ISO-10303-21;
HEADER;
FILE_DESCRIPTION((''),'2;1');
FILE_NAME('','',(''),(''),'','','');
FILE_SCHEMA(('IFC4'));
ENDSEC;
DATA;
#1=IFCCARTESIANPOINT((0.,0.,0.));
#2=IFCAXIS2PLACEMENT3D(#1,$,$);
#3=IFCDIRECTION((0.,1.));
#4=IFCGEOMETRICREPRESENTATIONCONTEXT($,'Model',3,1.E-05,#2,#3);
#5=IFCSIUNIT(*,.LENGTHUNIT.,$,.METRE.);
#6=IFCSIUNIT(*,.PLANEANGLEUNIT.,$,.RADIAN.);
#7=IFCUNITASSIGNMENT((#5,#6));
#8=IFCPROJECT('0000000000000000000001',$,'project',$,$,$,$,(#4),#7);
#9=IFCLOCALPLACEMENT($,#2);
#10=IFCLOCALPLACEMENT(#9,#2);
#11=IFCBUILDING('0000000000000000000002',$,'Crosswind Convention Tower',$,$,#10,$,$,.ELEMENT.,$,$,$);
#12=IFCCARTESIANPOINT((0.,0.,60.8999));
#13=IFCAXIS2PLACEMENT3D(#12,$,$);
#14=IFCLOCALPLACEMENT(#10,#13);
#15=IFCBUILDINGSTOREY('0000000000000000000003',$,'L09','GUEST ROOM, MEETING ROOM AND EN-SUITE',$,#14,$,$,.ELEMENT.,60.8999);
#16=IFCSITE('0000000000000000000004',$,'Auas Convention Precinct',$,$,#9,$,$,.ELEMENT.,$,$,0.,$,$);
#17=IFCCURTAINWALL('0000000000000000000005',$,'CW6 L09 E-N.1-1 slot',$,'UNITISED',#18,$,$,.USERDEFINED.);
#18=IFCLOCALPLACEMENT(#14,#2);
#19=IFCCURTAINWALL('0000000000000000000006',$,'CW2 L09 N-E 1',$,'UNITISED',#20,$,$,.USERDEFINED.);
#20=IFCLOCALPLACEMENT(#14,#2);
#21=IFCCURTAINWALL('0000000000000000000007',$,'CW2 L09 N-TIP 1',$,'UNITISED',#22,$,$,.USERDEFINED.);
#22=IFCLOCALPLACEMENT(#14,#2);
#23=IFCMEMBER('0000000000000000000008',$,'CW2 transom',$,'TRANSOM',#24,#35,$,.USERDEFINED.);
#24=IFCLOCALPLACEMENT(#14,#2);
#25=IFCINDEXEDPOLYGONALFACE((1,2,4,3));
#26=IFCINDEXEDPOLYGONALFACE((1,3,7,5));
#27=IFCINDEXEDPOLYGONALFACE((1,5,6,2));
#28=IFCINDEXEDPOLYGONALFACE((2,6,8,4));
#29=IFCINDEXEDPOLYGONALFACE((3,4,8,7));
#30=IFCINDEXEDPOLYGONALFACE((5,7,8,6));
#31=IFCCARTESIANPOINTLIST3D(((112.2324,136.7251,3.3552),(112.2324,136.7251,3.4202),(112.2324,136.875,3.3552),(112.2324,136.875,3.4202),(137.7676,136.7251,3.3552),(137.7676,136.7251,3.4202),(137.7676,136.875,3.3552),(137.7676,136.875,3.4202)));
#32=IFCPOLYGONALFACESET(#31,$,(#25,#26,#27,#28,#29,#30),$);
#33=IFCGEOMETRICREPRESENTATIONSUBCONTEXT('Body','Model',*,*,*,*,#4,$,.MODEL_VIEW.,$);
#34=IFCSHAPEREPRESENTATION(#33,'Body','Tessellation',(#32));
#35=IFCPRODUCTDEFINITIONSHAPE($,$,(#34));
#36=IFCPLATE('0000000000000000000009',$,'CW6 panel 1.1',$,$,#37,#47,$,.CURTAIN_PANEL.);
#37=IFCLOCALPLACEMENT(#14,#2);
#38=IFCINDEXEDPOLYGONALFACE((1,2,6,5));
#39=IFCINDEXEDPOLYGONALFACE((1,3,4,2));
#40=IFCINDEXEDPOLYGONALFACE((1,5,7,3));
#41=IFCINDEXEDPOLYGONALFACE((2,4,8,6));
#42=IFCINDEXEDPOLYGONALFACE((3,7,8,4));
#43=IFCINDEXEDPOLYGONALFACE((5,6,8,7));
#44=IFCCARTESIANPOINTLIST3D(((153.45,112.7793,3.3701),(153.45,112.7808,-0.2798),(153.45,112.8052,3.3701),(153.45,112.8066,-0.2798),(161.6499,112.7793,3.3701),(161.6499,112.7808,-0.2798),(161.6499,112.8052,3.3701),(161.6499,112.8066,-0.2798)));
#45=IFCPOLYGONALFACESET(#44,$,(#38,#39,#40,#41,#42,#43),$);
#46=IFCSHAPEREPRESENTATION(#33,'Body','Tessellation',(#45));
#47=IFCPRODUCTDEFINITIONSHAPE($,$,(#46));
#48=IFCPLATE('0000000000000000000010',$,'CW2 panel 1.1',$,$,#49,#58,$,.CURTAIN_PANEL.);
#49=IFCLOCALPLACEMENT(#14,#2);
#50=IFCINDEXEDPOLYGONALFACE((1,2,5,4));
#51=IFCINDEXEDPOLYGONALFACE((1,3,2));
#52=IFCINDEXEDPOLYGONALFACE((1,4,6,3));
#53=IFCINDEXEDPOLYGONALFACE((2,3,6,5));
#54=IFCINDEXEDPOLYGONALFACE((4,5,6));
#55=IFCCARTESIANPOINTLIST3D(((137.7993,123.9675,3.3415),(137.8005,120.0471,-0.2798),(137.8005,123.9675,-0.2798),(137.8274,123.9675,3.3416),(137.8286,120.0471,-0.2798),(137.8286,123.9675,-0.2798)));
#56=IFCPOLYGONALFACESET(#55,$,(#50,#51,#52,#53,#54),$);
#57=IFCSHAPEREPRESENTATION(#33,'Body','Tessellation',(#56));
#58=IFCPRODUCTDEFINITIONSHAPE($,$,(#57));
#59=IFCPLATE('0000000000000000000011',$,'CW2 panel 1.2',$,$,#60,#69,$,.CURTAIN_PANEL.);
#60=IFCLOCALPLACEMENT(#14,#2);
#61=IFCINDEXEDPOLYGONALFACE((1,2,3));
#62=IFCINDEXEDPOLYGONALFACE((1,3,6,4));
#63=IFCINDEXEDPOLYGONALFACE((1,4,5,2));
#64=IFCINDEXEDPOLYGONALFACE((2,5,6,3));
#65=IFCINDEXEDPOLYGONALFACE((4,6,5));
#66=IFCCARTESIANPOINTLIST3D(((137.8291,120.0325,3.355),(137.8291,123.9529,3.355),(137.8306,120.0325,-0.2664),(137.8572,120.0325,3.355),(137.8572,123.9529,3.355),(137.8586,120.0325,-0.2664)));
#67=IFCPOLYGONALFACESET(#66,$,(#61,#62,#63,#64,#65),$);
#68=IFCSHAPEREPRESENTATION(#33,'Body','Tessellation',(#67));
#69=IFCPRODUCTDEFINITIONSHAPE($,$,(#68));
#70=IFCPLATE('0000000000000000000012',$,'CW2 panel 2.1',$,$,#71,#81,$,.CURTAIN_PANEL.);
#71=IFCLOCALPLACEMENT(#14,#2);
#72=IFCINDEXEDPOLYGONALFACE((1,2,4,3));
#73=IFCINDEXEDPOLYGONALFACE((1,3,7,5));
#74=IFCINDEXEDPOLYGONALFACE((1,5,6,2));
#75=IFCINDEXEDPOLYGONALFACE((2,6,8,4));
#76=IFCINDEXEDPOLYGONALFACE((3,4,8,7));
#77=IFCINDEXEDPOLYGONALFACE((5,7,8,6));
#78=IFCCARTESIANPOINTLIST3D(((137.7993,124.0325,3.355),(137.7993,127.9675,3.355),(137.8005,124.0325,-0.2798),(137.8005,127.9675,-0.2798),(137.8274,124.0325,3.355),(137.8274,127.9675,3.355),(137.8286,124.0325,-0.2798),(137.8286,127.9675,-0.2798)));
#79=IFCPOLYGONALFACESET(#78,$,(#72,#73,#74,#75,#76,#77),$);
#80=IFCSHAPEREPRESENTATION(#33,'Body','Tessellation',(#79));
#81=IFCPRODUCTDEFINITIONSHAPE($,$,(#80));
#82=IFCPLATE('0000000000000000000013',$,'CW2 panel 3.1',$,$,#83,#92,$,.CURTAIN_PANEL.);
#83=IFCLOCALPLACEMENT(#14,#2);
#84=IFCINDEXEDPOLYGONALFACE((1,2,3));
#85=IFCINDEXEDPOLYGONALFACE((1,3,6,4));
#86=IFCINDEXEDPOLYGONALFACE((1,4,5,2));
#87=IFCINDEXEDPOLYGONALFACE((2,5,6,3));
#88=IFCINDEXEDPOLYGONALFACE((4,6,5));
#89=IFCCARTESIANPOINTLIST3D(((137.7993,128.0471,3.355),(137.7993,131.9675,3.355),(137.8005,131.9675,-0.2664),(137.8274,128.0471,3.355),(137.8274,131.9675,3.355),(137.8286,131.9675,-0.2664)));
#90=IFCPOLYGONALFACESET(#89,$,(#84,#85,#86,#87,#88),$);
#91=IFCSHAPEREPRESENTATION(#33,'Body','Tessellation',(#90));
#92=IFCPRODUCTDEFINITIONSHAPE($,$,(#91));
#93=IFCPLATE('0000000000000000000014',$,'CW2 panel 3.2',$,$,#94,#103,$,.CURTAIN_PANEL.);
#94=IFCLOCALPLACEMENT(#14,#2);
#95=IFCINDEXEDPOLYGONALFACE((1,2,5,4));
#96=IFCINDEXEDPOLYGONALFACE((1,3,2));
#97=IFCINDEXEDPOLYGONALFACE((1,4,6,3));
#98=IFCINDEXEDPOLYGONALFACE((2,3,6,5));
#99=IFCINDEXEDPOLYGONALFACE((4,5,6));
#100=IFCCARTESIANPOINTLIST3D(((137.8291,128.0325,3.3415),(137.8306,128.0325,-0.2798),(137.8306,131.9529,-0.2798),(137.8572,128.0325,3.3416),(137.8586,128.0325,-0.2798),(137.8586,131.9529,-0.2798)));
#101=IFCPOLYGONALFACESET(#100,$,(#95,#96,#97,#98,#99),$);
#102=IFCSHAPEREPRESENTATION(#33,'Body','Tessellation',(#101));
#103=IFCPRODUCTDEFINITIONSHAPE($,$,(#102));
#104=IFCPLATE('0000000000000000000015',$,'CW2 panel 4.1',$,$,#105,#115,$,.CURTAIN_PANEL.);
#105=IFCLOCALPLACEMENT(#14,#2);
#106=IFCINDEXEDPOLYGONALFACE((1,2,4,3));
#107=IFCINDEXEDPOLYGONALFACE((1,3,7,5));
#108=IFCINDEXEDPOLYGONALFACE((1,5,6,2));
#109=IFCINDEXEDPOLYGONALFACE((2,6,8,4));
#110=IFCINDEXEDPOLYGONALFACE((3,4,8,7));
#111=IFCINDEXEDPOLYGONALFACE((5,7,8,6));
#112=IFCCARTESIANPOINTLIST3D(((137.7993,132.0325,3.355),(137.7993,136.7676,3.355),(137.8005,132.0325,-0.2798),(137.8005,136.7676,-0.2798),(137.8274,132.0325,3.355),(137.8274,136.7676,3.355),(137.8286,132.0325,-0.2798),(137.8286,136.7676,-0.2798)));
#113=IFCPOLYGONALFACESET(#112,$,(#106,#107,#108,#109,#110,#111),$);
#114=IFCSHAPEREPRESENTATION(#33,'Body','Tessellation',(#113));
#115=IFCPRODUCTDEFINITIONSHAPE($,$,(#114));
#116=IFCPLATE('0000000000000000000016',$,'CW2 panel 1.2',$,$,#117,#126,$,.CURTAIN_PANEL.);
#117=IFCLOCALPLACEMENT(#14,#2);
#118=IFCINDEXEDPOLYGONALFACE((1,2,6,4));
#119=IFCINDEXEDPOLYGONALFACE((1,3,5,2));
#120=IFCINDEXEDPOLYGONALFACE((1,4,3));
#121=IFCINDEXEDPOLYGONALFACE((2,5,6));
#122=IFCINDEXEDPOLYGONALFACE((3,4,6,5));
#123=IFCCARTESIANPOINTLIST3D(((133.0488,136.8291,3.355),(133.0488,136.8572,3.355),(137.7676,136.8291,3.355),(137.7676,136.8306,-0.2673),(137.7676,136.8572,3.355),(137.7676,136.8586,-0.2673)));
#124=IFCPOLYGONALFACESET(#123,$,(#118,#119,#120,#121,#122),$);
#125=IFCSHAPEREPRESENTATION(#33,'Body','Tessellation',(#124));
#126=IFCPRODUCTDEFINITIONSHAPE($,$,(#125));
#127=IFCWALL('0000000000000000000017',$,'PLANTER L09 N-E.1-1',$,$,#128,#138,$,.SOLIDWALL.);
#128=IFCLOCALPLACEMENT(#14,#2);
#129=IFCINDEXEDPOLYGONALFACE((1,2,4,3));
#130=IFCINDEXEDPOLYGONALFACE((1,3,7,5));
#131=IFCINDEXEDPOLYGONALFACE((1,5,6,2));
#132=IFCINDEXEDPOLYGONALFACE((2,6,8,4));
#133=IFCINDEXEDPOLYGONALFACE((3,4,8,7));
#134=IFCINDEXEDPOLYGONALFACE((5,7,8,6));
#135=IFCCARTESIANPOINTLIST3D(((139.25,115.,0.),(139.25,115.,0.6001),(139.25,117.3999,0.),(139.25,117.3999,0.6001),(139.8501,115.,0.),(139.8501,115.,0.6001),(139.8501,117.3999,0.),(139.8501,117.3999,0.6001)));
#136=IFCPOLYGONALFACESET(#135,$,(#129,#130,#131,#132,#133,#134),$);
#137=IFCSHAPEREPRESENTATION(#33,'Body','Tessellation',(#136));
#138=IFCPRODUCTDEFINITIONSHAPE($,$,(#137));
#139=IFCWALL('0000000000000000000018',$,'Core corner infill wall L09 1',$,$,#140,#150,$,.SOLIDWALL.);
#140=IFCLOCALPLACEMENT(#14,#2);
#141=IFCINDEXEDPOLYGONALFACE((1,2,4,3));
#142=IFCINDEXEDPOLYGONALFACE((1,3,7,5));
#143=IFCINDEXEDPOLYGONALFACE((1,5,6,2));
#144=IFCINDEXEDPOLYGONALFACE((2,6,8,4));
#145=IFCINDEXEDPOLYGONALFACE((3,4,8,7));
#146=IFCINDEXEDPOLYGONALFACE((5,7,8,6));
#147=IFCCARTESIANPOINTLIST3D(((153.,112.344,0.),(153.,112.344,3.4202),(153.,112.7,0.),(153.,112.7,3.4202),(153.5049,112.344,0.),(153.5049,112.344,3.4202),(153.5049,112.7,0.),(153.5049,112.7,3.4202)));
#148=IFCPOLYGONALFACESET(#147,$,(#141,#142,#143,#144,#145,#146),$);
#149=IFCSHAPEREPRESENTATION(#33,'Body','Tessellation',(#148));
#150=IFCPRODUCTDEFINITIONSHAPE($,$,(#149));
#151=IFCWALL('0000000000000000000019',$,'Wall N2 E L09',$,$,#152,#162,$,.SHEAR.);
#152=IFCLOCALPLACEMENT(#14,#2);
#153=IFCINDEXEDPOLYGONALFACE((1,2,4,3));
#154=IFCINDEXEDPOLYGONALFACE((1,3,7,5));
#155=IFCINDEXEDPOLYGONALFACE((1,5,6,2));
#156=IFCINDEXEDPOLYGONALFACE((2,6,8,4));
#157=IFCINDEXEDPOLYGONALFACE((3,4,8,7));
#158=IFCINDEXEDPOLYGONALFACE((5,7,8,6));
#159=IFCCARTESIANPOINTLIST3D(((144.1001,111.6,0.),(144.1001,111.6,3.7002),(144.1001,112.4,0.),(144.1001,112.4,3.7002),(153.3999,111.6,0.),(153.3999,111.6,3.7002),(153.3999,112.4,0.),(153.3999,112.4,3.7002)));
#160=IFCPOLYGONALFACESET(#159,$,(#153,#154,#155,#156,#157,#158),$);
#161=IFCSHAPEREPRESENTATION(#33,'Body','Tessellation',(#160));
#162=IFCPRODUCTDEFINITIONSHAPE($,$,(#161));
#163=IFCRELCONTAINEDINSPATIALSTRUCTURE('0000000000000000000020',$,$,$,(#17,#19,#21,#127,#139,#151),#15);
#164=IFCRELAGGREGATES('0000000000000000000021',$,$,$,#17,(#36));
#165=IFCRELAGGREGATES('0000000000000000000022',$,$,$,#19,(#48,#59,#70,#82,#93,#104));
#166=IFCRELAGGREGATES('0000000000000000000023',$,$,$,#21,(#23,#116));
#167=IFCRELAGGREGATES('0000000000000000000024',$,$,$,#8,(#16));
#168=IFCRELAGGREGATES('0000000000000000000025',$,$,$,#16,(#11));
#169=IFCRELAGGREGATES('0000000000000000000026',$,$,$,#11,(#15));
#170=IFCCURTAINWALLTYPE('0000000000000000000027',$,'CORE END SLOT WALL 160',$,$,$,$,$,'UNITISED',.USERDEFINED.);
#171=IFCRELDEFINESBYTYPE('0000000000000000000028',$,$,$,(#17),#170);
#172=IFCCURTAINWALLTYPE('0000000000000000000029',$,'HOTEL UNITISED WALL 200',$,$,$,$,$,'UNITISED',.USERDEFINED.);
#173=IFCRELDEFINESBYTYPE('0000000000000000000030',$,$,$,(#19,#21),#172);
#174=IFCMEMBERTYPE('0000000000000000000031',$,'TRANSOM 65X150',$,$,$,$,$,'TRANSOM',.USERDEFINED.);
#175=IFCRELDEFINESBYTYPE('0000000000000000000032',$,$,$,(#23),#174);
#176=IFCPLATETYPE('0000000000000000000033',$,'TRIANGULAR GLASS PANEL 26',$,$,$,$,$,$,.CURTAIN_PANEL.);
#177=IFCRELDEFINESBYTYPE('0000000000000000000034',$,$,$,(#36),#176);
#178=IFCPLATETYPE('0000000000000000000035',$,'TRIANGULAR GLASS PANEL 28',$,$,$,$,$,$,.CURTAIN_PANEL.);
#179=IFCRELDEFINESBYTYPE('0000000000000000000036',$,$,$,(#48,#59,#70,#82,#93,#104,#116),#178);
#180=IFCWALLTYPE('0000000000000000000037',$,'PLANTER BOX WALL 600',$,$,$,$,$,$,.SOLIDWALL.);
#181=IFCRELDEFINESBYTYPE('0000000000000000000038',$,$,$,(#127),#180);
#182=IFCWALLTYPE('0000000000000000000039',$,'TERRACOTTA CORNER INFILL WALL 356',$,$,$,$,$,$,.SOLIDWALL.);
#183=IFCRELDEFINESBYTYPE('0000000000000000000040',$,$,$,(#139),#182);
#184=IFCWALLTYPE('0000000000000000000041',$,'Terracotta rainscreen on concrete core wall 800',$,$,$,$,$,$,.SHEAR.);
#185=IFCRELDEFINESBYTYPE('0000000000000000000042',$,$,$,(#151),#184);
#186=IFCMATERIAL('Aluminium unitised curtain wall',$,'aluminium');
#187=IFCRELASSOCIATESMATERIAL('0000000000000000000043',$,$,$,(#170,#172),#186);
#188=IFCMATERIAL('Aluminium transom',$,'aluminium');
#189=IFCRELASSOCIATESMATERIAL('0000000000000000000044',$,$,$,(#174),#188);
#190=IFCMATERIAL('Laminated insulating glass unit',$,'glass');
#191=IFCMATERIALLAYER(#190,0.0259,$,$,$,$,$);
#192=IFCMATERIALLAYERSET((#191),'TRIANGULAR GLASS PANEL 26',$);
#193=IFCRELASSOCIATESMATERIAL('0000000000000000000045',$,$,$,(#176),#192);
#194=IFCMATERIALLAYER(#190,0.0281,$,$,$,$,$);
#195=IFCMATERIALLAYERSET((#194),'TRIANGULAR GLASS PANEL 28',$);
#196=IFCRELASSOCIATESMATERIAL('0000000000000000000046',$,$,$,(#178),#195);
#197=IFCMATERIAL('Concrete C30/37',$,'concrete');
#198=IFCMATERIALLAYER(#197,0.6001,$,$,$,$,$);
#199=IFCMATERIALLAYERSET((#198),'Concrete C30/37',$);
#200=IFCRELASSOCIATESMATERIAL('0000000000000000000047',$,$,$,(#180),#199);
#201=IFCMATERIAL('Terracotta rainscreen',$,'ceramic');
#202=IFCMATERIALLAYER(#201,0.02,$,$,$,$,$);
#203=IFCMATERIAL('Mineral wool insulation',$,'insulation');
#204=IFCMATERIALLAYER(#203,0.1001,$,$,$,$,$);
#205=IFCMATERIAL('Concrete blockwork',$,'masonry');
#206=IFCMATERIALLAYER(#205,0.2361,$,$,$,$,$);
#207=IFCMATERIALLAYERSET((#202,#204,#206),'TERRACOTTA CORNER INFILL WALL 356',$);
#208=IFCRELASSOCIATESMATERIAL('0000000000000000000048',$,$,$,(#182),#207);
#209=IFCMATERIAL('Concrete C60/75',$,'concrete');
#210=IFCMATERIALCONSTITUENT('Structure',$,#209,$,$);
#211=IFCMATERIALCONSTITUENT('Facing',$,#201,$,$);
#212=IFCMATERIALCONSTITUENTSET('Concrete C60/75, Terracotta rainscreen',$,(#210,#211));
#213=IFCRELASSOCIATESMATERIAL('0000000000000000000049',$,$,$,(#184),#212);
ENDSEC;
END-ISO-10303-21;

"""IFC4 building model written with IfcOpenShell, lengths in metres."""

from ifc_helpers import new_model, si_unit, direction, frame, frame_2d, origin, origin_2d, place, context, subcontext, project, spatial, polyline, rectangle, outline, extrude, material, layer, layer_set, constituent, constituent_set, material_profile, profile_set, type_object, element, aggregate, save


model = new_model("IFC4")

# Units and contexts
model_context = context("Model", 3, precision=1e-05, world=origin(), true_north=direction((0.0, 1.0)))
body_context = subcontext(model_context, "Body", "Model", "MODEL_VIEW")
ifc_project = project(units=[si_unit("LENGTHUNIT", "METRE"), si_unit("PLANEANGLEUNIT", "RADIAN")], contexts=[model_context])

# Site, building, storey
site_placement = place(None, origin())
site = spatial("IfcSite", under=ifc_project, at=site_placement, Name="Auas Convention Precinct", CompositionType="ELEMENT", RefElevation=0.0)
building_placement = place(site_placement, origin())
building = spatial("IfcBuilding", under=site, at=building_placement, Name="Crosswind Convention Tower", CompositionType="ELEMENT")
storey_placement = place(building_placement, frame((0.0, 0.0, 60.8999)))
storey = spatial("IfcBuildingStorey", under=building, at=storey_placement, Name="L09", Description="GUEST ROOM, MEETING ROOM AND EN-SUITE", CompositionType="ELEMENT", Elevation=60.8999)

# Shared definitions
ifc_material_1 = material(Name="Concrete C60/75", Category="concrete")

# Curtain wall
ifc_material_2 = material(Name="Aluminium unitised curtain wall", Category="aluminium")
curtain_wall_type_1 = type_object("IfcCurtainWallType", Name="CORE END SLOT WALL 160", ElementType="UNITISED", PredefinedType="USERDEFINED", material=ifc_material_2)
curtain_wall_1_placement = place(storey_placement, origin())
curtain_wall_1 = element("IfcCurtainWall", 1, at=curtain_wall_1_placement, inside=storey, type_object=curtain_wall_type_1, Name="CW6 L09 E-N.1-1 slot", ObjectType="UNITISED", PredefinedType="USERDEFINED")

# Shared definitions
curtain_wall_type_2 = type_object("IfcCurtainWallType", Name="HOTEL UNITISED WALL 200", ElementType="UNITISED", PredefinedType="USERDEFINED", material=ifc_material_2)

# Curtain wall
curtain_wall_2_placement = place(storey_placement, origin())
curtain_wall_2 = element("IfcCurtainWall", 2, at=curtain_wall_2_placement, inside=storey, type_object=curtain_wall_type_2, Name="CW2 L09 N-E 1", ObjectType="UNITISED", PredefinedType="USERDEFINED")

# Shared definitions
ifc_material_3 = material(Name="Aluminium transom", Category="aluminium")
ifc_material_profile_1 = material_profile(ifc_material_3, rectangle(XDim=0.1499, YDim=0.0649, at=origin_2d()), Name="AL 150X65")
ifc_profile_set_1 = profile_set([ifc_material_profile_1], Name="Aluminium transom")
member_type_1 = type_object("IfcMemberType", Name="TRANSOM 65X150", ElementType="TRANSOM", PredefinedType="USERDEFINED", material=ifc_profile_set_1)

# Curtain wall, member
curtain_wall_3_placement = place(storey_placement, origin())
curtain_wall_3 = element("IfcCurtainWall", 3, at=curtain_wall_3_placement, inside=storey, type_object=curtain_wall_type_2, Name="CW2 L09 N-TIP 1", ObjectType="UNITISED", PredefinedType="USERDEFINED")
member_1_placement = place(storey_placement, frame((137.7676, 136.8, 3.3877), z_axis=(-1.0, 0.0, 0.0), x_axis=(0.0, -1.0, 0.0)))
member_1 = element("IfcMember", 4, at=member_1_placement, type_object=member_type_1, Name="CW2 transom", ObjectType="TRANSOM", PredefinedType="USERDEFINED", context=body_context, shape_type="SweptSolid", body=[
    extrude(rectangle(XDim=0.1499, YDim=0.0649, at=origin_2d()), origin(), (0.0, 0.0, 1.0), 25.5352),
])

# Plates
ifc_material_4 = material(Name="Laminated insulating glass unit", Category="glass")
ifc_layer_1 = layer(ifc_material_4, 0.0259)
ifc_layer_set_1 = layer_set([ifc_layer_1], Name="TRIANGULAR GLASS PANEL 26")
plate_type_1 = type_object("IfcPlateType", Name="TRIANGULAR GLASS PANEL 26", PredefinedType="CURTAIN_PANEL", material=ifc_layer_set_1)
plate_1_placement = place(storey_placement, frame((161.6499, 112.8066, -0.2798), z_axis=(0.0, 1.0, 0.000401), x_axis=(-1.0, 0.0, 0.0)))
plate_1 = element("IfcPlate", 5, at=plate_1_placement, type_object=plate_type_1, Name="CW6 panel 1.1", PredefinedType="CURTAIN_PANEL", context=body_context, shape_type="SweptSolid", body=[
    extrude(outline(polyline([(0.0, 0.0), (8.2, 0.0), (8.2, 3.6499), (0.0, 3.6499), (0.0, 0.0)])), origin(), (0.0, 0.0, -1.0), 0.0259),
])
aggregate(curtain_wall_1, [plate_1])
ifc_layer_2 = layer(ifc_material_4, 0.0281)
ifc_layer_set_2 = layer_set([ifc_layer_2], Name="TRIANGULAR GLASS PANEL 28")
plate_type_2 = type_object("IfcPlateType", Name="TRIANGULAR GLASS PANEL 28", PredefinedType="CURTAIN_PANEL", material=ifc_layer_set_2)
plate_2_placement = place(storey_placement, frame((137.8286, 123.9675, -0.2798), z_axis=(1.0, 0.0, 0.000337), x_axis=(-0.000337, 0.0, 1.0)))
plate_2 = element("IfcPlate", 6, at=plate_2_placement, type_object=plate_type_2, Name="CW2 panel 1.1", PredefinedType="CURTAIN_PANEL", context=body_context, shape_type="SweptSolid", body=[
    extrude(outline(polyline([(0.0, 0.0), (3.6213, 0.0), (0.0, 3.9204), (0.0, 0.0)])), origin(), (0.0, 0.0, -1.0), 0.0281),
])
plate_3_placement = place(storey_placement, frame((137.8572, 120.0325, 3.355), z_axis=(1.0, 0.0, 0.000405), x_axis=(0.000405, 0.0, -1.0)))
plate_3 = element("IfcPlate", 7, at=plate_3_placement, type_object=plate_type_2, Name="CW2 panel 1.2", PredefinedType="CURTAIN_PANEL", context=body_context, shape_type="SweptSolid", body=[
    extrude(outline(polyline([(0.0, 0.0), (3.6213, 0.0), (0.0, 3.9204), (0.0, 0.0)])), origin(), (0.0, 0.0, -1.0), 0.0281),
])
plate_4_placement = place(storey_placement, frame((137.8286, 124.0325, -0.2798), z_axis=(1.0, 0.0, 0.000336), x_axis=(0.0, 1.0, 0.0)))
plate_4 = element("IfcPlate", 8, at=plate_4_placement, type_object=plate_type_2, Name="CW2 panel 2.1", PredefinedType="CURTAIN_PANEL", context=body_context, shape_type="SweptSolid", body=[
    extrude(outline(polyline([(0.0, 0.0), (3.9351, 0.0), (3.9351, 3.6348), (0.0, 3.6348), (0.0, 0.0)])), origin(), (0.0, 0.0, -1.0), 0.0281),
])
plate_5_placement = place(storey_placement, frame((137.8274, 131.9675, 3.355), z_axis=(1.0, 0.0, 0.000337), x_axis=(0.0, -1.0, 0.0)))
plate_5 = element("IfcPlate", 9, at=plate_5_placement, type_object=plate_type_2, Name="CW2 panel 3.1", PredefinedType="CURTAIN_PANEL", context=body_context, shape_type="SweptSolid", body=[
    extrude(outline(polyline([(0.0, 0.0), (3.9204, 0.0), (0.0, 3.6213), (0.0, 0.0)])), origin(), (0.0, 0.0, -1.0), 0.0281),
])
plate_6_placement = place(storey_placement, frame((137.8586, 128.0325, -0.2798), z_axis=(1.0, 0.0, 0.000405), x_axis=(0.0, 1.0, 0.0)))
plate_6 = element("IfcPlate", 10, at=plate_6_placement, type_object=plate_type_2, Name="CW2 panel 3.2", PredefinedType="CURTAIN_PANEL", context=body_context, shape_type="SweptSolid", body=[
    extrude(outline(polyline([(0.0, 0.0), (3.9204, 0.0), (0.0, 3.6213), (0.0, 0.0)])), origin(), (0.0, 0.0, -1.0), 0.0281),
])
plate_7_placement = place(storey_placement, frame((137.8286, 132.0325, -0.2798), z_axis=(1.0, 0.0, 0.000336), x_axis=(0.0, 1.0, 0.0)))
plate_7 = element("IfcPlate", 11, at=plate_7_placement, type_object=plate_type_2, Name="CW2 panel 4.1", PredefinedType="CURTAIN_PANEL", context=body_context, shape_type="SweptSolid", body=[
    extrude(outline(polyline([(0.0, 0.0), (4.7351, 0.0), (4.7351, 3.6348), (0.0, 3.6348), (0.0, 0.0)])), origin(), (0.0, 0.0, -1.0), 0.0281),
])
plate_8_placement = place(storey_placement, frame((137.7676, 136.8572, 3.355), z_axis=(0.0, 1.0, 0.000404), x_axis=(0.0, 0.000404, -1.0)))
plate_8 = element("IfcPlate", 12, at=plate_8_placement, type_object=plate_type_2, Name="CW2 panel 1.2", PredefinedType="CURTAIN_PANEL", context=body_context, shape_type="SweptSolid", body=[
    extrude(outline(polyline([(0.0, 0.0), (3.6223, 0.0), (0.0, 4.7188), (0.0, 0.0)])), origin(), (0.0, 0.0, -1.0), 0.0281),
])

# Walls
ifc_material_5 = material(Name="Concrete C30/37", Category="concrete")
ifc_layer_3 = layer(ifc_material_5, 0.6001)
ifc_layer_set_3 = layer_set([ifc_layer_3], Name="Concrete C30/37")
wall_type_1 = type_object("IfcWallType", Name="PLANTER BOX WALL 600", PredefinedType="SOLIDWALL", material=ifc_layer_set_3)
wall_1_placement = place(storey_placement, frame((139.55, 115.0, 0.0), z_axis=(0.0, 0.0, 1.0), x_axis=(0.0, 1.0, 0.0)))
element("IfcWall", 13, at=wall_1_placement, inside=storey, type_object=wall_type_1, Name="PLANTER L09 N-E.1-1", PredefinedType="SOLIDWALL", context=body_context, shape_type="SweptSolid", body=[
    extrude(rectangle(XDim=2.3999, YDim=0.6001, at=frame_2d((1.2, 0.0))), origin(), (0.0, 0.0, 1.0), 0.6001),
])
ifc_material_6 = material(Name="Terracotta rainscreen", Category="ceramic")
ifc_layer_4 = layer(ifc_material_6, 0.02)
ifc_material_7 = material(Name="Mineral wool insulation", Category="insulation")
ifc_layer_5 = layer(ifc_material_7, 0.1001)
ifc_material_8 = material(Name="Concrete blockwork", Category="masonry")
ifc_layer_6 = layer(ifc_material_8, 0.2361)
ifc_layer_set_4 = layer_set([ifc_layer_4, ifc_layer_5, ifc_layer_6], Name="TERRACOTTA CORNER INFILL WALL 356")
wall_type_2 = type_object("IfcWallType", Name="TERRACOTTA CORNER INFILL WALL 356", PredefinedType="SOLIDWALL", material=ifc_layer_set_4)
wall_2_placement = place(storey_placement, frame((153.0, 112.522, 0.0), z_axis=(0.0, 0.0, 1.0), x_axis=(1.0, 0.0, 0.0)))
element("IfcWall", 14, at=wall_2_placement, inside=storey, type_object=wall_type_2, Name="Core corner infill wall L09 1", PredefinedType="SOLIDWALL", context=body_context, shape_type="SweptSolid", body=[
    extrude(rectangle(XDim=0.5049, YDim=0.356, at=frame_2d((0.2524, 0.0))), origin(), (0.0, 0.0, 1.0), 3.4202),
])

# Wall
ifc_constituent_1 = constituent(ifc_material_1, Name="Structure")
ifc_constituent_2 = constituent(ifc_material_6, Name="Facing")
ifc_constituent_set = constituent_set(constituents=[ifc_constituent_1, ifc_constituent_2], Name="Concrete C60/75, Terracotta rainscreen")
wall_type_3 = type_object("IfcWallType", Name="Terracotta rainscreen on concrete core wall 800", PredefinedType="SHEAR", material=ifc_constituent_set)
wall_3_placement = place(storey_placement, frame((144.1001, 112.0, 0.0), z_axis=(0.0, 0.0, 1.0), x_axis=(1.0, 0.0, 0.0)))
element("IfcWall", 15, at=wall_3_placement, inside=storey, type_object=wall_type_3, Name="Wall N2 E L09", PredefinedType="SHEAR", context=body_context, shape_type="SweptSolid", body=[
    extrude(rectangle(XDim=9.2998, YDim=0.8, at=frame_2d((4.6499, 0.0))), origin(), (0.0, 0.0, 1.0), 3.7002),
])

aggregate(curtain_wall_2, [plate_2, plate_3, plate_4, plate_5, plate_6, plate_7])
aggregate(curtain_wall_3, [member_1, plate_8])

save(model, "model.ifc")
